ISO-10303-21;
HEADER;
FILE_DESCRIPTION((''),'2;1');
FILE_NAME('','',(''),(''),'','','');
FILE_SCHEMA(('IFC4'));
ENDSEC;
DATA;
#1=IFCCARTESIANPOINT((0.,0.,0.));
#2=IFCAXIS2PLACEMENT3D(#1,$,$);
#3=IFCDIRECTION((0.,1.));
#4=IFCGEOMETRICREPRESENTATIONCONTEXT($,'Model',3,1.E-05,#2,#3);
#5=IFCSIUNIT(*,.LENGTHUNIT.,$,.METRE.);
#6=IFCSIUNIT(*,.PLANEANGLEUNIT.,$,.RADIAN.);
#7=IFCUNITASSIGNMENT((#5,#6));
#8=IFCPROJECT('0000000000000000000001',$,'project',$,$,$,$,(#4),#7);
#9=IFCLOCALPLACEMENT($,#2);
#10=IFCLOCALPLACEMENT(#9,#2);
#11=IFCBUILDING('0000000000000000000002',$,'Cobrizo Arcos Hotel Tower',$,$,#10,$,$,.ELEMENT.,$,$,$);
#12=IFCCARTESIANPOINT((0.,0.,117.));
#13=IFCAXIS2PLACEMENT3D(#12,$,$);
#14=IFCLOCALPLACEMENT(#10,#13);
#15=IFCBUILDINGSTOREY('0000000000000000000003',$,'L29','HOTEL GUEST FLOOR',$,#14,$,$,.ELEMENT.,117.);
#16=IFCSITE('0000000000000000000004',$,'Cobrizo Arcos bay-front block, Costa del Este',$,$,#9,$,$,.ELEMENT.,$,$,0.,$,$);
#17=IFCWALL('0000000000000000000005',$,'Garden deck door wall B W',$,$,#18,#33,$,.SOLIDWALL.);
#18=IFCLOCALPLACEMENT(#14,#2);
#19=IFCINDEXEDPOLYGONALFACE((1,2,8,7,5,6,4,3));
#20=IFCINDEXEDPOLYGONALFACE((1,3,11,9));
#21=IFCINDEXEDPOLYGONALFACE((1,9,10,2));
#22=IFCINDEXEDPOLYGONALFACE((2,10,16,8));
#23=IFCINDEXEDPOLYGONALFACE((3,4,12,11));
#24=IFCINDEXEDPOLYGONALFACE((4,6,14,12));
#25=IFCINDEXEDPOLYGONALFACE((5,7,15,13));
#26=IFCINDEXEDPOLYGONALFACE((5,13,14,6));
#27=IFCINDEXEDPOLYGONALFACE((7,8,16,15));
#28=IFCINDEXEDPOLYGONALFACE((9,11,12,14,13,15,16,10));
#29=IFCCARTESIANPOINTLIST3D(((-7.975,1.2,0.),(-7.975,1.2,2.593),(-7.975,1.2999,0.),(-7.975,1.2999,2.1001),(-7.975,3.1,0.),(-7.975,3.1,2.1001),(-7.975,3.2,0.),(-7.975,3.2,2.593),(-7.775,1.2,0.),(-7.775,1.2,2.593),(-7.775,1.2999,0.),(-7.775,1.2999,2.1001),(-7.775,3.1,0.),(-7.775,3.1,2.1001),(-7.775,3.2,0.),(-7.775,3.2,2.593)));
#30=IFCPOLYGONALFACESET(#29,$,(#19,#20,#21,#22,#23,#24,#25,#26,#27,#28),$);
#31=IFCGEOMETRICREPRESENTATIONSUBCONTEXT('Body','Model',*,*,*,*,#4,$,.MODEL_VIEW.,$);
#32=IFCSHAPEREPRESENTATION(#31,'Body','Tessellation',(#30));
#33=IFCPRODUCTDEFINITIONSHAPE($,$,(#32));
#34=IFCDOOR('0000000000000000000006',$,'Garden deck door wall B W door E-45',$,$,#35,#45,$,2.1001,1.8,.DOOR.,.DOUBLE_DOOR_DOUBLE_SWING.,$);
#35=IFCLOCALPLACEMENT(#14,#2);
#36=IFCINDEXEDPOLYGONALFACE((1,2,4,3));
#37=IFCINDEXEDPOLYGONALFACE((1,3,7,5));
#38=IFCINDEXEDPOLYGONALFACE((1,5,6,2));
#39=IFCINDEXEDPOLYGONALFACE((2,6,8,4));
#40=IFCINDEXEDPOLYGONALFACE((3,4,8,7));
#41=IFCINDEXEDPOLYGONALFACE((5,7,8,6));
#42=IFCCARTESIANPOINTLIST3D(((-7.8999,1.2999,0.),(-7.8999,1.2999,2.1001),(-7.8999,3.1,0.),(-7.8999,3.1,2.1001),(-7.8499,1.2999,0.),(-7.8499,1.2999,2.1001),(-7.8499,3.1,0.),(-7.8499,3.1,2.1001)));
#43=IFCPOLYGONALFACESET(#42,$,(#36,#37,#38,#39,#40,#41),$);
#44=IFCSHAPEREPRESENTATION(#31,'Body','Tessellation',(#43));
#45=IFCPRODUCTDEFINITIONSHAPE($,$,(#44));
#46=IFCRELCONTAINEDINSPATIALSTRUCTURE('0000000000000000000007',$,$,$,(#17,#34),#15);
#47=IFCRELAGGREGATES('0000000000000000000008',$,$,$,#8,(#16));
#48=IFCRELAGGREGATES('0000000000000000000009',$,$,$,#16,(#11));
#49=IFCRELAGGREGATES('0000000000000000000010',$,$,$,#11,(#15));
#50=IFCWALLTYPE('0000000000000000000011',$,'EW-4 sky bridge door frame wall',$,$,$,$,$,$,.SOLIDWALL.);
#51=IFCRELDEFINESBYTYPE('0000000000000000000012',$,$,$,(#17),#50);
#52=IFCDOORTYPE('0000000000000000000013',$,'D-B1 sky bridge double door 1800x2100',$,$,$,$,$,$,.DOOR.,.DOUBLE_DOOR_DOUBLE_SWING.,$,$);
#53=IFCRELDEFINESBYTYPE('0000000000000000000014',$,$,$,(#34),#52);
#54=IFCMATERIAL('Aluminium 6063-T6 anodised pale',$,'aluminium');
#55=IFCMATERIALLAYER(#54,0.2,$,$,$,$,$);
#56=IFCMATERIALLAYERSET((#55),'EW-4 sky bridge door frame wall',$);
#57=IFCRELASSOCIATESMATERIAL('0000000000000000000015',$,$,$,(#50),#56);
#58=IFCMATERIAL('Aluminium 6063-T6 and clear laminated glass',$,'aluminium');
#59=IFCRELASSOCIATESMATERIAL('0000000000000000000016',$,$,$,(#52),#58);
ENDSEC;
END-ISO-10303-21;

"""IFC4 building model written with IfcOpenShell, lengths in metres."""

from ifc_helpers import new_model, si_unit, direction, frame, frame_2d, origin, place, context, subcontext, project, spatial, rectangle, extrude, material, layer, layer_set, type_object, element, fill, save


model = new_model("IFC4")

# Units and contexts
model_context = context("Model", 3, precision=1e-05, world=origin(), true_north=direction((0.0, 1.0)))
body_context = subcontext(model_context, "Body", "Model", "MODEL_VIEW")
ifc_project = project(units=[si_unit("LENGTHUNIT", "METRE"), si_unit("PLANEANGLEUNIT", "RADIAN")], contexts=[model_context])

# Site, building, storey
site_placement = place(None, origin())
site = spatial("IfcSite", under=ifc_project, at=site_placement, Name="Cobrizo Arcos bay-front block, Costa del Este", CompositionType="ELEMENT", RefElevation=0.0)
building_placement = place(site_placement, origin())
building = spatial("IfcBuilding", under=site, at=building_placement, Name="Cobrizo Arcos Hotel Tower", CompositionType="ELEMENT")
storey_placement = place(building_placement, frame((0.0, 0.0, 117.0)))
storey = spatial("IfcBuildingStorey", under=building, at=storey_placement, Name="L29", Description="HOTEL GUEST FLOOR", CompositionType="ELEMENT", Elevation=117.0)

# Wall, opening, door
ifc_material_1 = material(Name="Aluminium 6063-T6 anodised pale", Category="aluminium")
ifc_layer_1 = layer(ifc_material_1, 0.2)
ifc_layer_set_1 = layer_set([ifc_layer_1], Name="EW-4 sky bridge door frame wall")
wall_type_1 = type_object("IfcWallType", Name="EW-4 sky bridge door frame wall", PredefinedType="SOLIDWALL", material=ifc_layer_set_1)
wall_1_placement = place(storey_placement, frame((-7.875, 1.2, 0.0), z_axis=(0.0, 0.0, 1.0), x_axis=(0.0, 1.0, 0.0)))
wall_1 = element("IfcWall", 1, at=wall_1_placement, inside=storey, type_object=wall_type_1, Name="Garden deck door wall B W", PredefinedType="SOLIDWALL", context=body_context, shape_type="SweptSolid", body=[
    extrude(rectangle(XDim=2.0, YDim=0.2, at=frame_2d((1.0, 0.0))), origin(), (0.0, 0.0, 1.0), 2.593),
])
opening_1_placement = place(wall_1_placement, frame((0.1001, 0.0, 0.0)))
opening_1 = element("IfcOpeningElement", 2, at=opening_1_placement, cuts=wall_1, PredefinedType="OPENING", context=body_context, shape_type="SweptSolid", body=[
    extrude(rectangle(XDim=1.8, YDim=2.1001, at=frame_2d((0.8999, 1.05))), frame((0.0, 0.1121, 0.0), z_axis=(0.0, -1.0, 0.0), x_axis=(1.0, 0.0, 0.0)), (0.0, 0.0, 1.0), 0.2239),
])
ifc_material_2 = material(Name="Aluminium 6063-T6 and clear laminated glass", Category="aluminium")
door_type_1 = type_object("IfcDoorType", Name="D-B1 sky bridge double door 1800x2100", OperationType="DOUBLE_DOOR_DOUBLE_SWING", PredefinedType="DOOR", material=ifc_material_2)
door_1_placement = place(opening_1_placement, origin())
door_1 = element("IfcDoor", 3, at=door_1_placement, inside=storey, type_object=door_type_1, Name="Garden deck door wall B W door E-45", OperationType="DOUBLE_DOOR_DOUBLE_SWING", OverallHeight=2.1001, OverallWidth=1.8, PredefinedType="DOOR", context=body_context, shape_type="SweptSolid", body=[
    extrude(rectangle(XDim=1.8, YDim=2.1001, at=frame_2d((0.8999, 1.05))), frame((0.0, 0.0249, 0.0), z_axis=(0.0, -1.0, 0.0), x_axis=(1.0, 0.0, 0.0)), (0.0, 0.0, 1.0), 0.05),
])
fill(opening_1, door_1)

save(model, "model.ifc")
